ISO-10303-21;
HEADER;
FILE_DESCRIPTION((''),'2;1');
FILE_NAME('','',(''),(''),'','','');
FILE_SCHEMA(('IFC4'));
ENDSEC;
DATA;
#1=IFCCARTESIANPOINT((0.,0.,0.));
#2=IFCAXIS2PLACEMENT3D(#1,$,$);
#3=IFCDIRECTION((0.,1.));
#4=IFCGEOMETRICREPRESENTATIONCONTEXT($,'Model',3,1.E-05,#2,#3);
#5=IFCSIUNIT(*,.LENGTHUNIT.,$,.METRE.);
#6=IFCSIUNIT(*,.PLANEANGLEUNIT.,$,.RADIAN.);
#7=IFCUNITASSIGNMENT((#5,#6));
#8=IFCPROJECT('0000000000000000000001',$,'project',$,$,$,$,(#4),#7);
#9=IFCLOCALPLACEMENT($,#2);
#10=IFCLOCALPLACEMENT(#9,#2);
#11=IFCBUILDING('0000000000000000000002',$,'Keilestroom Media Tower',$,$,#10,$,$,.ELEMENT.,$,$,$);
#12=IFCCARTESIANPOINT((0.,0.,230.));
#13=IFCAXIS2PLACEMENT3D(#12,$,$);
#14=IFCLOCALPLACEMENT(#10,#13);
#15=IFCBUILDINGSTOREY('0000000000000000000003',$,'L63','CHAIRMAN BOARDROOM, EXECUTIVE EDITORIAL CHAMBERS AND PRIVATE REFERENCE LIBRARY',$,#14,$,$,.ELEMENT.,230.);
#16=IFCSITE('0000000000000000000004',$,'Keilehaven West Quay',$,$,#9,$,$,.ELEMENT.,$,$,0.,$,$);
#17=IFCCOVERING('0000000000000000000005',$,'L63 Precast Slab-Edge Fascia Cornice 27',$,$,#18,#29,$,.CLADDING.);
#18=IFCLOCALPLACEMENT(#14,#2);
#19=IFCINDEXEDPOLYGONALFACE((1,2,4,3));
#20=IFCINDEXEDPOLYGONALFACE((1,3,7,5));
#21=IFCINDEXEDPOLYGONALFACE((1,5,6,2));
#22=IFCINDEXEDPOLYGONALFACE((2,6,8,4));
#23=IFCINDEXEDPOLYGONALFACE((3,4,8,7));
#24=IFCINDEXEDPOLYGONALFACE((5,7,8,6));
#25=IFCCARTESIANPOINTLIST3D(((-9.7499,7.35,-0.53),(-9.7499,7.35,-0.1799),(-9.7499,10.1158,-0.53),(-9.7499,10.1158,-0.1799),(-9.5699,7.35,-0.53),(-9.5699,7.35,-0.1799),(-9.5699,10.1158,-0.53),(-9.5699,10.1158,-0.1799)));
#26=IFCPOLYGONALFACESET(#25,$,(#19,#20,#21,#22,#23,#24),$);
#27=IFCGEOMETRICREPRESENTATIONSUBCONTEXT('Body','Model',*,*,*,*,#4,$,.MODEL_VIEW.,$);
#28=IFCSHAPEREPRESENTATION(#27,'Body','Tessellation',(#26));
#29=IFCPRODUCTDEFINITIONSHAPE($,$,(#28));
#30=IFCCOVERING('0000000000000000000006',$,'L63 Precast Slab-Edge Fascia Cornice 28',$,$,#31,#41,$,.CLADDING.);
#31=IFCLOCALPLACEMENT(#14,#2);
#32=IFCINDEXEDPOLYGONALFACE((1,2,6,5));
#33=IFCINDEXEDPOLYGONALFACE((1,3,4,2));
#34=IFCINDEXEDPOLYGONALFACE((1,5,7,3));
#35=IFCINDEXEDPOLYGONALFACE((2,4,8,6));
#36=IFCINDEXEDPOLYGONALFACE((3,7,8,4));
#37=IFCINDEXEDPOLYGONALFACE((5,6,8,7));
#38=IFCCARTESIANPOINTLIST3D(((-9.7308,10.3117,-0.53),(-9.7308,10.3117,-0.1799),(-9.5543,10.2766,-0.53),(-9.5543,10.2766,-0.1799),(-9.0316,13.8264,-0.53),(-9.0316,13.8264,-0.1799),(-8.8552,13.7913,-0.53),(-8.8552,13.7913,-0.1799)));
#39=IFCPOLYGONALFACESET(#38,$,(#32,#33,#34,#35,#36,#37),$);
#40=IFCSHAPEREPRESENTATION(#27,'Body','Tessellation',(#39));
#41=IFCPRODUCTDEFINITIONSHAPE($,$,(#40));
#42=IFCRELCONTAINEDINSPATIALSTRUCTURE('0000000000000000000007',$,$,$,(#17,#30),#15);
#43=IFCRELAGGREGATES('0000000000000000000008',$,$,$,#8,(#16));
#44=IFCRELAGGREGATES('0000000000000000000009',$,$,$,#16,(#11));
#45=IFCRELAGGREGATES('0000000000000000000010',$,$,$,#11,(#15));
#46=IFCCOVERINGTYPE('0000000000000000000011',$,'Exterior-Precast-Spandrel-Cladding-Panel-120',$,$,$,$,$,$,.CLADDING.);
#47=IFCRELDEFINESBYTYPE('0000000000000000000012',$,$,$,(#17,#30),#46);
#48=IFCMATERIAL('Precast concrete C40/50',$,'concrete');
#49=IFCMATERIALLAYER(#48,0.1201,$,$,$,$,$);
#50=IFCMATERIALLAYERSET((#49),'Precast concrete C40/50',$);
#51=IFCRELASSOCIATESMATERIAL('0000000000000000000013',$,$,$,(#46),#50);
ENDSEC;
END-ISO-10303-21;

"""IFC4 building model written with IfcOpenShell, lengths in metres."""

from ifc_helpers import new_model, si_unit, direction, frame, origin, origin_2d, place, context, subcontext, project, spatial, rectangle, extrude, source, transform, mapped, material, layer, layer_set, type_object, element, save


model = new_model("IFC4")

# Units and contexts
model_context = context("Model", 3, precision=1e-05, world=origin(), true_north=direction((0.0, 1.0)))
body_context = subcontext(model_context, "Body", "Model", "MODEL_VIEW")
ifc_project = project(units=[si_unit("LENGTHUNIT", "METRE"), si_unit("PLANEANGLEUNIT", "RADIAN")], contexts=[model_context])

# Site, building, storey
site_placement = place(None, origin())
site = spatial("IfcSite", under=ifc_project, at=site_placement, Name="Keilehaven West Quay", CompositionType="ELEMENT", RefElevation=0.0)
building_placement = place(site_placement, origin())
building = spatial("IfcBuilding", under=site, at=building_placement, Name="Keilestroom Media Tower", CompositionType="ELEMENT")
storey_placement = place(building_placement, frame((0.0, 0.0, 230.0)))
storey = spatial("IfcBuildingStorey", under=building, at=storey_placement, Name="L63", Description="CHAIRMAN BOARDROOM, EXECUTIVE EDITORIAL CHAMBERS AND PRIVATE REFERENCE LIBRARY", CompositionType="ELEMENT", Elevation=230.0)

# Shared definitions
ifc_material_1 = material(Name="Precast concrete C40/50", Category="concrete")

# Coverings
ifc_layer_1 = layer(ifc_material_1, 0.1201)
ifc_layer_set_1 = layer_set([ifc_layer_1], Name="Precast concrete C40/50")
covering_type = type_object("IfcCoveringType", Name="Exterior-Precast-Spandrel-Cladding-Panel-120", PredefinedType="CLADDING", material=ifc_layer_set_1)
shared_shape_1 = source(origin(), body_context, "Body", "SweptSolid", [
    extrude(rectangle(XDim=2.7659, YDim=0.1799, at=origin_2d()), origin(), (0.0, 0.0, 1.0), 0.3501),
])
covering_1_placement = place(storey_placement, frame((-9.6599, 8.7329, -0.53), z_axis=(0.0, 0.0, 1.0), x_axis=(0.0, 1.0, 0.0)))
element("IfcCovering", 1, at=covering_1_placement, inside=storey, type_object=covering_type, Name="L63 Precast Slab-Edge Fascia Cornice 27", PredefinedType="CLADDING", context=body_context, shape_type="MappedRepresentation", body=[
    mapped(shared_shape_1, transform((0.0, 0.0, 0.0), x_axis=(1.0, 0.0, 0.0), y_axis=(0.0, 1.0, 0.0), z_axis=(0.0, 0.0, 1.0), scale=1.0)),
])
shared_shape_2 = source(origin(), body_context, "Body", "SweptSolid", [
    extrude(rectangle(XDim=3.5835, YDim=0.1799, at=origin_2d()), origin(), (0.0, 0.0, 1.0), 0.3501),
])
covering_2_placement = place(storey_placement, frame((-9.293, 12.0515, -0.53), z_axis=(0.0, 0.0, 1.0), x_axis=(0.195099, 0.980784, 0.0)))
element("IfcCovering", 2, at=covering_2_placement, inside=storey, type_object=covering_type, Name="L63 Precast Slab-Edge Fascia Cornice 28", PredefinedType="CLADDING", context=body_context, shape_type="MappedRepresentation", body=[
    mapped(shared_shape_2, transform((0.0, 0.0, 0.0), x_axis=(1.0, 0.0, 0.0), y_axis=(0.0, 1.0, 0.0), z_axis=(0.0, 0.0, 1.0), scale=1.0)),
])

save(model, "model.ifc")
